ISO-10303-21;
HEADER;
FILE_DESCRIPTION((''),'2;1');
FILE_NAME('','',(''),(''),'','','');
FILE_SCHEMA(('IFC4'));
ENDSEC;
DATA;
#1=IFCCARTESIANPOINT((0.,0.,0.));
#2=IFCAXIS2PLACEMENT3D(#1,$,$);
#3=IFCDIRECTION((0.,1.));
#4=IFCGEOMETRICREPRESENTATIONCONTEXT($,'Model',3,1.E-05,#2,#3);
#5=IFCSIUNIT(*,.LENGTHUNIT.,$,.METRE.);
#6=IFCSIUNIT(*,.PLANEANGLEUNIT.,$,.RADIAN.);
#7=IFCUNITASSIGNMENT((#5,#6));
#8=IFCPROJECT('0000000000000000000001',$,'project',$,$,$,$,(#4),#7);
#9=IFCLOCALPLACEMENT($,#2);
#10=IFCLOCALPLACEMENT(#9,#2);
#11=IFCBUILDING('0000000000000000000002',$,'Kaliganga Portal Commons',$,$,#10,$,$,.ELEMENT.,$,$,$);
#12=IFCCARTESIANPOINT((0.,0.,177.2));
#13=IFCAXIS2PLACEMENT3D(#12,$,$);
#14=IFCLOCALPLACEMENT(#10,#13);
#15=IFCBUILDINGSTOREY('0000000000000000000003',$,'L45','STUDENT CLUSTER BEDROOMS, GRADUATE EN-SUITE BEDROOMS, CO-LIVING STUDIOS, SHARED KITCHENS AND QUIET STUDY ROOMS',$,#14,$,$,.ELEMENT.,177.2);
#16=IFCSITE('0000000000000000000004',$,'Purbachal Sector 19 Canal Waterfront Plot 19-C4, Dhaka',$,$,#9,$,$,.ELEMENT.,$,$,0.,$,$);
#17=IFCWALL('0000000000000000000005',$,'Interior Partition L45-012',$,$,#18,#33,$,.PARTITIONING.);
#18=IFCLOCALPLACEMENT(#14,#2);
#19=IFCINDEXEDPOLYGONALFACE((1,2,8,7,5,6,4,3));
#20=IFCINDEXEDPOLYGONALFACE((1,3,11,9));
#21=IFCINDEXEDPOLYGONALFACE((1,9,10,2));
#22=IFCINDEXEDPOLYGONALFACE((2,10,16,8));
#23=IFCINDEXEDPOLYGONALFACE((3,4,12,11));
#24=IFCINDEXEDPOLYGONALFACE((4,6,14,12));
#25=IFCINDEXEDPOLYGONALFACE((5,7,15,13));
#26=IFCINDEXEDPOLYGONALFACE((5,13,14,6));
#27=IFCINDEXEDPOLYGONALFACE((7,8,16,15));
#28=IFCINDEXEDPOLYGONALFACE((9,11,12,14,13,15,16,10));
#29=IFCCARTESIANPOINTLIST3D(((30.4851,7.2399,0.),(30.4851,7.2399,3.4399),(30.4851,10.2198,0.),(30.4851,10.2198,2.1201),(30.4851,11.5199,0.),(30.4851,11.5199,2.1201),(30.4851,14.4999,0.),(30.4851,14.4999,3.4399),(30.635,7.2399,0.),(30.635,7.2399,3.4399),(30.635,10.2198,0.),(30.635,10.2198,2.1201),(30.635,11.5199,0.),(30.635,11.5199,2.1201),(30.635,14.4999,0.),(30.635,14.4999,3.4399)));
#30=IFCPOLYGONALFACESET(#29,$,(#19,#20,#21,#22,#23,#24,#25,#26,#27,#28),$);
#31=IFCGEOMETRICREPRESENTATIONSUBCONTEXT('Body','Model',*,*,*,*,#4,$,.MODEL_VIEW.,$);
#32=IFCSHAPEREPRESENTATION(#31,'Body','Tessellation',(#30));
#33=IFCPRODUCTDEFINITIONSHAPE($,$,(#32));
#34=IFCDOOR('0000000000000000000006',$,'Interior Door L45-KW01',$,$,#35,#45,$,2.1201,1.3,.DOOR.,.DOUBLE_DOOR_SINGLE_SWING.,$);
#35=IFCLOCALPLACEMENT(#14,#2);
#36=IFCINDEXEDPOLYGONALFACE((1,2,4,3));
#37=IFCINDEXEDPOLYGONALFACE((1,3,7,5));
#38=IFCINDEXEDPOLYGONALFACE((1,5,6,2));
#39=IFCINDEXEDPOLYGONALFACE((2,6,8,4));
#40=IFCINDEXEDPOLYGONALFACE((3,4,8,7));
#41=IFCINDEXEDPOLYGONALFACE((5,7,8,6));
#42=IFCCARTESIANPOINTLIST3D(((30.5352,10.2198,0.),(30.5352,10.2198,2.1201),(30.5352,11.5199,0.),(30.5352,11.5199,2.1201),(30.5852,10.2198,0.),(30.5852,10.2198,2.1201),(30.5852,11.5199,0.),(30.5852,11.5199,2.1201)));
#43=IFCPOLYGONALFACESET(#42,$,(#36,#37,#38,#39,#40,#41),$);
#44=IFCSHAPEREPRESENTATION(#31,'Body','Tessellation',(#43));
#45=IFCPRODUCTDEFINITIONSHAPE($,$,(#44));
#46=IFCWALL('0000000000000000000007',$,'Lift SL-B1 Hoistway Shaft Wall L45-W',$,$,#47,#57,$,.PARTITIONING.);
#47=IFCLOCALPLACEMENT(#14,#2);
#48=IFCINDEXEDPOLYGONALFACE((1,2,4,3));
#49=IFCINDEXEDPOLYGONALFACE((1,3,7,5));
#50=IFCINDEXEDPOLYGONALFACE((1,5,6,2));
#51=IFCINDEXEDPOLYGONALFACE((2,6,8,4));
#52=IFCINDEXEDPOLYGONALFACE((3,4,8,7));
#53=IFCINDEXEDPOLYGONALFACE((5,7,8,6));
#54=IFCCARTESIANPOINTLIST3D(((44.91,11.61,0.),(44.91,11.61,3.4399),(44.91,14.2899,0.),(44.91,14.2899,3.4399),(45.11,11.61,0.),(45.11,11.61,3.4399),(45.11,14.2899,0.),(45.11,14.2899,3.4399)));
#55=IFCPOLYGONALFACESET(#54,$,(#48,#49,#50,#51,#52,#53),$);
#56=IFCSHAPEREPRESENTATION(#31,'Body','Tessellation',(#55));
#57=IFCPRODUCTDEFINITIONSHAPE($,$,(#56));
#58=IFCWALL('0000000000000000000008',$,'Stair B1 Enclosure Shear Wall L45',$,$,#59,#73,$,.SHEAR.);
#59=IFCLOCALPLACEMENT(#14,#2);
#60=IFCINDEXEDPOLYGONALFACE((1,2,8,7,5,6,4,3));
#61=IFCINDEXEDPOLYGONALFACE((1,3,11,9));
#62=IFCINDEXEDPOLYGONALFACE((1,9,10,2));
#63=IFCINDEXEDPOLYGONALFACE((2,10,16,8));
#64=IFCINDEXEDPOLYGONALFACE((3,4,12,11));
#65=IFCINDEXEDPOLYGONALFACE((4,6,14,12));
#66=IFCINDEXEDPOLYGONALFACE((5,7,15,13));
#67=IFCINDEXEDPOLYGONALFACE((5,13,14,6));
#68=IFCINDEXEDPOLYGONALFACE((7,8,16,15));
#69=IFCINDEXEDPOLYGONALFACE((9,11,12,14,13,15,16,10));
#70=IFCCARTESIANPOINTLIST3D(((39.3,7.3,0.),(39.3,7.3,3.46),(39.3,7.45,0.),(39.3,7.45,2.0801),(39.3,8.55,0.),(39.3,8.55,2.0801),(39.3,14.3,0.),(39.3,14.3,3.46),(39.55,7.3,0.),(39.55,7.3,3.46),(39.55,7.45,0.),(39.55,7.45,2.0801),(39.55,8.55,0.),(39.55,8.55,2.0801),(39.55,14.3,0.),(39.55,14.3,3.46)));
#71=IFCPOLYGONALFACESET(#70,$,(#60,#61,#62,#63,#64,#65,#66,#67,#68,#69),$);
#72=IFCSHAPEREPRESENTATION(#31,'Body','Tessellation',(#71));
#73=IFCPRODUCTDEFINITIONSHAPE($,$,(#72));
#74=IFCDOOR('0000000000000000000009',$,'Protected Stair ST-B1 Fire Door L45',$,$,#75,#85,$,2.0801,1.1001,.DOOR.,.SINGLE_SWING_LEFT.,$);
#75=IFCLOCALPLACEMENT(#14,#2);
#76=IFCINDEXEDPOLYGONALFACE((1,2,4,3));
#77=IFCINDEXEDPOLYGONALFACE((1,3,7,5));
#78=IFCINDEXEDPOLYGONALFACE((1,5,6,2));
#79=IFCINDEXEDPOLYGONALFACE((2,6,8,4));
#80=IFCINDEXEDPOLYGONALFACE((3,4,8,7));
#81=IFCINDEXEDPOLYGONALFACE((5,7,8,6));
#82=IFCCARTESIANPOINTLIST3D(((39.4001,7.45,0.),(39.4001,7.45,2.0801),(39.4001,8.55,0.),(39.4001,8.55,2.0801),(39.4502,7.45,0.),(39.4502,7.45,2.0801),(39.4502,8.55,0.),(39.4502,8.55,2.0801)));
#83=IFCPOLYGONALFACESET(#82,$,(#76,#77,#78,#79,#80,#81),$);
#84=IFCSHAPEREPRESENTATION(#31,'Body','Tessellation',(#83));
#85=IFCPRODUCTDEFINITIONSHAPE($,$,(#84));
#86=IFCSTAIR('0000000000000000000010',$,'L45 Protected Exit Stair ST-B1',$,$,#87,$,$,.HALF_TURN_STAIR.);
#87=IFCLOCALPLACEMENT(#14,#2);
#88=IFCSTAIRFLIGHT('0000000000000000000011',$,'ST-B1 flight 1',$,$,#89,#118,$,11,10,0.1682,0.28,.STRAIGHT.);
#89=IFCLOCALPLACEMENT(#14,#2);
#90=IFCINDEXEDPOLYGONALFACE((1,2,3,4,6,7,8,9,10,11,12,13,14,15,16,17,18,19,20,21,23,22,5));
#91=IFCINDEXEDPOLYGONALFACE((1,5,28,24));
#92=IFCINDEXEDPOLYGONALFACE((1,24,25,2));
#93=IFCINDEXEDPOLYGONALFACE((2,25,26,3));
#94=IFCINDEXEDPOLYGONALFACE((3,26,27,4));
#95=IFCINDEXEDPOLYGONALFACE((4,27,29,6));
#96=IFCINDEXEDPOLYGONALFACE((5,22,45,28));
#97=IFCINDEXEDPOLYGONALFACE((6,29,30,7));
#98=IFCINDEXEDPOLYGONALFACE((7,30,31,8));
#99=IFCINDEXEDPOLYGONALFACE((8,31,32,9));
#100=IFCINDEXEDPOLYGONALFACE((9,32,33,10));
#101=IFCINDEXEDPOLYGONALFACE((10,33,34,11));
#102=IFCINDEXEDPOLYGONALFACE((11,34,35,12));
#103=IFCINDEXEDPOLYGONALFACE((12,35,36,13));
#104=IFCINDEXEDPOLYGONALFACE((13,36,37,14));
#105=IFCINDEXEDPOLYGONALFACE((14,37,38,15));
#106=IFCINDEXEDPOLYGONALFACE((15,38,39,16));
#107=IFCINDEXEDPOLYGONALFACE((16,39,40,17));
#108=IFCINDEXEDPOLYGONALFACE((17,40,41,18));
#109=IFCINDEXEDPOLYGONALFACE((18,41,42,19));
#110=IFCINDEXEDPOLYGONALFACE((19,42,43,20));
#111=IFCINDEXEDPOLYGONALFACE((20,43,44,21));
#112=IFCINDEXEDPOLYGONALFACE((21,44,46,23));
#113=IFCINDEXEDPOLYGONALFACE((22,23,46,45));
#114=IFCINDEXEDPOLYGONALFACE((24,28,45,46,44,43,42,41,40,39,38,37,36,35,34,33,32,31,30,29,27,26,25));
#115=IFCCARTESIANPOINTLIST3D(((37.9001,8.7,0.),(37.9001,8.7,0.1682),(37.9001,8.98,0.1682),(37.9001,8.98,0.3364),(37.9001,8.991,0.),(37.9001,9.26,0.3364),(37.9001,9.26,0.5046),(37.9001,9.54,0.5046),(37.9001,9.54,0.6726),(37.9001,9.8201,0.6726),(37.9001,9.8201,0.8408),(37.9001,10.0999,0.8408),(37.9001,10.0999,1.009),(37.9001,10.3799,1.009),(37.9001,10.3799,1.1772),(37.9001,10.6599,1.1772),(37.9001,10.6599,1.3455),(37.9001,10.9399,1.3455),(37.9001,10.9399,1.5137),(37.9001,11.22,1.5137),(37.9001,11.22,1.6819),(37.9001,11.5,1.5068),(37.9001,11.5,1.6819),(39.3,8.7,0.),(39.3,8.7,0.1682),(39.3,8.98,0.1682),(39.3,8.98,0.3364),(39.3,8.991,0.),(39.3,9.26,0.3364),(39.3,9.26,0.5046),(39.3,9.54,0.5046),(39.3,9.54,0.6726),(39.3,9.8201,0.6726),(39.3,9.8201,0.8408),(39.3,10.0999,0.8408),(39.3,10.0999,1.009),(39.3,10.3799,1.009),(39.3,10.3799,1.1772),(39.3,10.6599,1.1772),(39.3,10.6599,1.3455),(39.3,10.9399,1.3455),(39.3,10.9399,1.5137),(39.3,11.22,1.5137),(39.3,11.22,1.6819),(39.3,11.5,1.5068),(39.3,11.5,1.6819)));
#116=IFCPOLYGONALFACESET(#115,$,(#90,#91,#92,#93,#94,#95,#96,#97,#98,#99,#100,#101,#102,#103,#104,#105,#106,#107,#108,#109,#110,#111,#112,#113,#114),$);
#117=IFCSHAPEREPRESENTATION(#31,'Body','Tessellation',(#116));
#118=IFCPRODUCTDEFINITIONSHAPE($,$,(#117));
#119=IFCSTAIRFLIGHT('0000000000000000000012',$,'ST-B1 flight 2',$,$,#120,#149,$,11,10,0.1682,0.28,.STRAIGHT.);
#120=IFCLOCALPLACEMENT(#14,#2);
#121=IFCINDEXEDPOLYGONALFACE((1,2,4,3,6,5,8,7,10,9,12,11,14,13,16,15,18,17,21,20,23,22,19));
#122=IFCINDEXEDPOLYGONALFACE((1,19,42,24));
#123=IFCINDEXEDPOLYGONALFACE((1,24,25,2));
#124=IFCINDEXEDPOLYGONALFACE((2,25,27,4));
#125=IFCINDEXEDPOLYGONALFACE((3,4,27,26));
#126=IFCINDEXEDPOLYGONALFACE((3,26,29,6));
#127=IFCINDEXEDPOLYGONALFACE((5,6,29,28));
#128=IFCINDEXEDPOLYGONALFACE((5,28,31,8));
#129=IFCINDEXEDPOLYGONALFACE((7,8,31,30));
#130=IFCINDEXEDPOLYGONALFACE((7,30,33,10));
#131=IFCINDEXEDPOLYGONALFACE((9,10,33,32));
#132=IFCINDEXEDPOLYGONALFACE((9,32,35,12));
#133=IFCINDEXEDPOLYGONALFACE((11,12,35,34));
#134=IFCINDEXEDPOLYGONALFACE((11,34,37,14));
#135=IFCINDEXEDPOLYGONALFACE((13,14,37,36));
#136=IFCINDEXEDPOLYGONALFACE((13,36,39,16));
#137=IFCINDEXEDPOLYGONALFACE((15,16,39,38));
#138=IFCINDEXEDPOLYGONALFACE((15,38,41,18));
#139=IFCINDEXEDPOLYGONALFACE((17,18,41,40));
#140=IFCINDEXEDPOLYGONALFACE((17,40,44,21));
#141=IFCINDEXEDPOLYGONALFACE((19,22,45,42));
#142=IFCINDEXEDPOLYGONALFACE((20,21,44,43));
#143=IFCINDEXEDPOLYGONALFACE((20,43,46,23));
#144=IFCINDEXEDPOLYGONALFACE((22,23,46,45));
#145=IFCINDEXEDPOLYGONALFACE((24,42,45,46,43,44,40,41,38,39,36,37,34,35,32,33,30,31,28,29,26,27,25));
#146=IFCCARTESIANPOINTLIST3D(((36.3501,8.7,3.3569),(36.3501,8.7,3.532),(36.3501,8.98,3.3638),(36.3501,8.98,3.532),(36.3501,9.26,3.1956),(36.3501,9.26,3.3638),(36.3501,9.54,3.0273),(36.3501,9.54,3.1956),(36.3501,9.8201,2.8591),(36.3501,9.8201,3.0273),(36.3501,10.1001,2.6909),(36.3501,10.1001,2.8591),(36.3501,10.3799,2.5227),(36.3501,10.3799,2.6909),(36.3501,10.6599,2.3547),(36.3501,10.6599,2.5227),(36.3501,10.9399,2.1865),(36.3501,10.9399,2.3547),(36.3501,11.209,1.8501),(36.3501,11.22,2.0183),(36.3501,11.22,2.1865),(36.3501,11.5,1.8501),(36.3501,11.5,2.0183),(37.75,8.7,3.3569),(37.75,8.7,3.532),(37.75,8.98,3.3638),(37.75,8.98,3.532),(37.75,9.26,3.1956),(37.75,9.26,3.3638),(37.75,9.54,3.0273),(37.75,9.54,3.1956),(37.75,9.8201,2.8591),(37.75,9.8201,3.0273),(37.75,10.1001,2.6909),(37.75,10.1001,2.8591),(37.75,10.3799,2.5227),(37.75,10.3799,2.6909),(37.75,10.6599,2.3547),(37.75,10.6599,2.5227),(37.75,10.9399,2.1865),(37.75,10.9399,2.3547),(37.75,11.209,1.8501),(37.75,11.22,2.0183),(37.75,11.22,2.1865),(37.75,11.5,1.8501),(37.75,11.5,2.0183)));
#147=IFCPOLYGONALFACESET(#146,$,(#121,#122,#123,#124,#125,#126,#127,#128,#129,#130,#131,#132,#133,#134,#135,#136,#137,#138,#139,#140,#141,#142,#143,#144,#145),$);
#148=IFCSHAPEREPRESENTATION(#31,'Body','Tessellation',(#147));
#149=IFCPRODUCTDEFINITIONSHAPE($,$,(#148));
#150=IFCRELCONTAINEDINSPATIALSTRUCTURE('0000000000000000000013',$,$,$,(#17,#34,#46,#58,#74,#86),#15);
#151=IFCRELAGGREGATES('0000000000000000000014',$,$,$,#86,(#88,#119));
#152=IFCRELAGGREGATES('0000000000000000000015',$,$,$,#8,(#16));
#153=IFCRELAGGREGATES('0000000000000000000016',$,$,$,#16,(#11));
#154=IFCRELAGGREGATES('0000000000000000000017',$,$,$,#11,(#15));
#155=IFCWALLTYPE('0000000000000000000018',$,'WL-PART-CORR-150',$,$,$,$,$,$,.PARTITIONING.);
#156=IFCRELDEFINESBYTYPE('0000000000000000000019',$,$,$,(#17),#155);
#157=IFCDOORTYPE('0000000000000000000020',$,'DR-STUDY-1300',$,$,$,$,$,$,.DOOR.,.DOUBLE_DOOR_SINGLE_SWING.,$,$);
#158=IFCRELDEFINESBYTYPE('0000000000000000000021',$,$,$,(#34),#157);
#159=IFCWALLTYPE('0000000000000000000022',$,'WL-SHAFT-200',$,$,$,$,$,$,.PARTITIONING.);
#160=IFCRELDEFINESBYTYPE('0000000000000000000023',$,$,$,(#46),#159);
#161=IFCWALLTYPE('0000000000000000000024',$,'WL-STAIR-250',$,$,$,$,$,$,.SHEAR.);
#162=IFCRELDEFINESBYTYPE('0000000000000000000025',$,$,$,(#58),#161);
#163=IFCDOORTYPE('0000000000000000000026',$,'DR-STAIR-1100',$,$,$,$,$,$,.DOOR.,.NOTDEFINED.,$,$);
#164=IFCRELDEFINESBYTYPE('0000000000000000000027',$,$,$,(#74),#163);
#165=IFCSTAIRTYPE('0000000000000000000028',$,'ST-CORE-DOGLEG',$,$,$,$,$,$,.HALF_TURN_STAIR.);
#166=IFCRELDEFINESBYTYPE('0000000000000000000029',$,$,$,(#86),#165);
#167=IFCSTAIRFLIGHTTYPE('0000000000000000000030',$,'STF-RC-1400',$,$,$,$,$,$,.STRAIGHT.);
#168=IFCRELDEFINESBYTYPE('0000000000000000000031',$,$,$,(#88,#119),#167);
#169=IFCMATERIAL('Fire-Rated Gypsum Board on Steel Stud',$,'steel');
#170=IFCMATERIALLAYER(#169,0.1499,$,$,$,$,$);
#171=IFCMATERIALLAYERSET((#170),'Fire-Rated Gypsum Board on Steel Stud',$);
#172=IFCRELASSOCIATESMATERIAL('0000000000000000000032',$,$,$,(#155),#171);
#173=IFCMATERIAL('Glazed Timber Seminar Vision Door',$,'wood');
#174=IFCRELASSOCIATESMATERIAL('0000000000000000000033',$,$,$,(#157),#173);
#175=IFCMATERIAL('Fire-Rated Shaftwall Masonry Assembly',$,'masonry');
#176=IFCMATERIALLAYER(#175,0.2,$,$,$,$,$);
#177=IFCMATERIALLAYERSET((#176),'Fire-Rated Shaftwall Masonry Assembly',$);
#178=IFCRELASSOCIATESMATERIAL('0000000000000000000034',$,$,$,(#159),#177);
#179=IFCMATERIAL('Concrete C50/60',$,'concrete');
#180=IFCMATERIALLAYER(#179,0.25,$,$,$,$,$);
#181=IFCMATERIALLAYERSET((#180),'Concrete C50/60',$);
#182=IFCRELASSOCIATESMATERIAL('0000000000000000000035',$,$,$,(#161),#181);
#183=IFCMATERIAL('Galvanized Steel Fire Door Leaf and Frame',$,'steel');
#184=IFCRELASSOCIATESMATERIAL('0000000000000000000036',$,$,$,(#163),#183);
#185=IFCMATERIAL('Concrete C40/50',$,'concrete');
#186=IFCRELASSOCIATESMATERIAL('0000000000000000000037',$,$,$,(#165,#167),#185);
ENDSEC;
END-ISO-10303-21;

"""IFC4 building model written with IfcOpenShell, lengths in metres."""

from ifc_helpers import new_model, si_unit, direction, frame, frame_2d, origin, place, context, subcontext, project, spatial, polyline, rectangle, outline, extrude, material, layer, layer_set, type_object, element, fill, aggregate, save


model = new_model("IFC4")

# Units and contexts
model_context = context("Model", 3, precision=1e-05, world=origin(), true_north=direction((0.0, 1.0)))
body_context = subcontext(model_context, "Body", "Model", "MODEL_VIEW")
ifc_project = project(units=[si_unit("LENGTHUNIT", "METRE"), si_unit("PLANEANGLEUNIT", "RADIAN")], contexts=[model_context])

# Site, building, storey
site_placement = place(None, origin())
site = spatial("IfcSite", under=ifc_project, at=site_placement, Name="Purbachal Sector 19 Canal Waterfront Plot 19-C4, Dhaka", CompositionType="ELEMENT", RefElevation=0.0)
building_placement = place(site_placement, origin())
building = spatial("IfcBuilding", under=site, at=building_placement, Name="Kaliganga Portal Commons", CompositionType="ELEMENT")
storey_placement = place(building_placement, frame((0.0, 0.0, 177.2)))
storey = spatial("IfcBuildingStorey", under=building, at=storey_placement, Name="L45", Description="STUDENT CLUSTER BEDROOMS, GRADUATE EN-SUITE BEDROOMS, CO-LIVING STUDIOS, SHARED KITCHENS AND QUIET STUDY ROOMS", CompositionType="ELEMENT", Elevation=177.2)

# Shared definitions
ifc_material_1 = material(Name="Concrete C50/60", Category="concrete")

# Wall, opening, door
ifc_material_2 = material(Name="Fire-Rated Gypsum Board on Steel Stud", Category="steel")
ifc_layer_1 = layer(ifc_material_2, 0.1499)
ifc_layer_set_1 = layer_set([ifc_layer_1], Name="Fire-Rated Gypsum Board on Steel Stud")
wall_type_1 = type_object("IfcWallType", Name="WL-PART-CORR-150", PredefinedType="PARTITIONING", material=ifc_layer_set_1)
wall_1_placement = place(storey_placement, frame((30.5601, 7.24, 0.0), z_axis=(0.0, 0.0, 1.0), x_axis=(0.0, 1.0, 0.0)))
wall_1 = element("IfcWall", 1, at=wall_1_placement, inside=storey, type_object=wall_type_1, Name="Interior Partition L45-012", PredefinedType="PARTITIONING", context=body_context, shape_type="SweptSolid", body=[
    extrude(rectangle(XDim=7.26, YDim=0.1499, at=frame_2d((3.6299, 0.0))), origin(), (0.0, 0.0, 1.0), 3.4399),
])
opening_1_placement = place(wall_1_placement, frame((2.98, 0.0, 0.0)))
opening_1 = element("IfcOpeningElement", 2, at=opening_1_placement, cuts=wall_1, PredefinedType="OPENING", context=body_context, shape_type="SweptSolid", body=[
    extrude(rectangle(XDim=1.3, YDim=2.1201, at=frame_2d((0.6499, 1.0601))), frame((0.0, 0.085, 0.0), z_axis=(0.0, -1.0, 0.0), x_axis=(1.0, 0.0, 0.0)), (0.0, 0.0, 1.0), 0.1699),
])
ifc_material_3 = material(Name="Glazed Timber Seminar Vision Door", Category="wood")
door_type_1 = type_object("IfcDoorType", Name="DR-STUDY-1300", OperationType="DOUBLE_DOOR_SINGLE_SWING", PredefinedType="DOOR", material=ifc_material_3)
door_1_placement = place(opening_1_placement, origin())
door_1 = element("IfcDoor", 3, at=door_1_placement, inside=storey, type_object=door_type_1, Name="Interior Door L45-KW01", OperationType="DOUBLE_DOOR_SINGLE_SWING", OverallHeight=2.1201, OverallWidth=1.3, PredefinedType="DOOR", context=body_context, shape_type="SweptSolid", body=[
    extrude(rectangle(XDim=1.3, YDim=2.1201, at=frame_2d((0.6499, 1.0601))), frame((0.0, 0.0249, 0.0), z_axis=(0.0, -1.0, 0.0), x_axis=(1.0, 0.0, 0.0)), (0.0, 0.0, 1.0), 0.05),
])
fill(opening_1, door_1)

# Wall
ifc_material_4 = material(Name="Fire-Rated Shaftwall Masonry Assembly", Category="masonry")
ifc_layer_2 = layer(ifc_material_4, 0.2)
ifc_layer_set_2 = layer_set([ifc_layer_2], Name="Fire-Rated Shaftwall Masonry Assembly")
wall_type_2 = type_object("IfcWallType", Name="WL-SHAFT-200", PredefinedType="PARTITIONING", material=ifc_layer_set_2)
wall_2_placement = place(storey_placement, frame((45.01, 11.6101, 0.0), z_axis=(0.0, 0.0, 1.0), x_axis=(0.0, 1.0, 0.0)))
element("IfcWall", 4, at=wall_2_placement, inside=storey, type_object=wall_type_2, Name="Lift SL-B1 Hoistway Shaft Wall L45-W", PredefinedType="PARTITIONING", context=body_context, shape_type="SweptSolid", body=[
    extrude(rectangle(XDim=2.6799, YDim=0.2, at=frame_2d((1.3398, 0.0))), origin(), (0.0, 0.0, 1.0), 3.4399),
])

# Wall, opening, door
ifc_layer_3 = layer(ifc_material_1, 0.25)
ifc_layer_set_3 = layer_set([ifc_layer_3], Name="Concrete C50/60")
wall_type_3 = type_object("IfcWallType", Name="WL-STAIR-250", PredefinedType="SHEAR", material=ifc_layer_set_3)
wall_3_placement = place(storey_placement, frame((39.425, 7.3, 0.0), z_axis=(0.0, 0.0, 1.0), x_axis=(0.0, 1.0, 0.0)))
wall_3 = element("IfcWall", 5, at=wall_3_placement, inside=storey, type_object=wall_type_3, Name="Stair B1 Enclosure Shear Wall L45", PredefinedType="SHEAR", context=body_context, shape_type="SweptSolid", body=[
    extrude(rectangle(XDim=7.0, YDim=0.25, at=frame_2d((3.5, 0.0))), origin(), (0.0, 0.0, 1.0), 3.46),
])
opening_2_placement = place(wall_3_placement, frame((0.1499, 0.0, 0.0)))
opening_2 = element("IfcOpeningElement", 6, at=opening_2_placement, cuts=wall_3, PredefinedType="OPENING", context=body_context, shape_type="SweptSolid", body=[
    extrude(rectangle(XDim=1.1001, YDim=2.0801, at=frame_2d((0.55, 1.04))), frame((0.0, 0.135, 0.0), z_axis=(0.0, -1.0, 0.0), x_axis=(1.0, 0.0, 0.0)), (0.0, 0.0, 1.0), 0.27),
])
ifc_material_5 = material(Name="Galvanized Steel Fire Door Leaf and Frame", Category="steel")
door_type_2 = type_object("IfcDoorType", Name="DR-STAIR-1100", OperationType="NOTDEFINED", PredefinedType="DOOR", material=ifc_material_5)
door_2_placement = place(opening_2_placement, origin())
door_2 = element("IfcDoor", 7, at=door_2_placement, inside=storey, type_object=door_type_2, Name="Protected Stair ST-B1 Fire Door L45", OperationType="SINGLE_SWING_LEFT", OverallHeight=2.0801, OverallWidth=1.1001, PredefinedType="DOOR", context=body_context, shape_type="SweptSolid", body=[
    extrude(rectangle(XDim=1.1001, YDim=2.0801, at=frame_2d((0.55, 1.04))), frame((0.0, 0.0249, 0.0), z_axis=(0.0, -1.0, 0.0), x_axis=(1.0, 0.0, 0.0)), (0.0, 0.0, 1.0), 0.05),
])
fill(opening_2, door_2)

# Stair, stair flights
ifc_material_6 = material(Name="Concrete C40/50", Category="concrete")
stair_type = type_object("IfcStairType", Name="ST-CORE-DOGLEG", PredefinedType="HALF_TURN_STAIR", material=ifc_material_6)
stair_placement = place(storey_placement, origin())
stair = element("IfcStair", 8, at=stair_placement, inside=storey, type_object=stair_type, Name="L45 Protected Exit Stair ST-B1", PredefinedType="HALF_TURN_STAIR")
stair_flight_type = type_object("IfcStairFlightType", Name="STF-RC-1400", PredefinedType="STRAIGHT", material=ifc_material_6)
stair_flight_1_placement = place(storey_placement, frame((38.6001, 8.7, 0.0), z_axis=(0.0, 0.0, 1.0), x_axis=(0.0, 1.0, 0.0)))
stair_flight_1 = element("IfcStairFlight", 9, at=stair_flight_1_placement, type_object=stair_flight_type, Name="ST-B1 flight 1", NumberOfRisers=11, NumberOfTreads=10, PredefinedType="STRAIGHT", RiserHeight=0.1682, TreadLength=0.28, context=body_context, shape_type="SweptSolid", body=[
    extrude(outline(polyline([(0.0, 0.0), (0.0, 0.1682), (0.28, 0.1682), (0.28, 0.3364), (0.5601, 0.3364), (0.5601, 0.5046), (0.8401, 0.5046), (0.8401, 0.6726), (1.1201, 0.6726), (1.1201, 0.8408), (1.3999, 0.8408), (1.3999, 1.009), (1.6799, 1.009), (1.6799, 1.1772), (1.96, 1.1772), (1.96, 1.3455), (2.24, 1.3455), (2.24, 1.5137), (2.52, 1.5137), (2.52, 1.6819), (2.8, 1.6819), (2.8, 1.8501), (2.8, 1.5068), (0.291, 0.0), (0.0, 0.0)])), frame((0.0, 0.7, 0.0), z_axis=(0.0, -1.0, 0.0), x_axis=(1.0, 0.0, 0.0)), (0.0, 0.0, 1.0), 1.3999),
])
stair_flight_2_placement = place(storey_placement, frame((37.05, 11.5, 1.8501), z_axis=(0.0, 0.0, 1.0), x_axis=(0.0, -1.0, 0.0)))
stair_flight_2 = element("IfcStairFlight", 10, at=stair_flight_2_placement, type_object=stair_flight_type, Name="ST-B1 flight 2", NumberOfRisers=11, NumberOfTreads=10, PredefinedType="STRAIGHT", RiserHeight=0.1682, TreadLength=0.28, context=body_context, shape_type="SweptSolid", body=[
    extrude(outline(polyline([(0.0, 0.0), (0.0, 0.1682), (0.28, 0.1682), (0.28, 0.3364), (0.5601, 0.3364), (0.5601, 0.5046), (0.8401, 0.5046), (0.8401, 0.6726), (1.1201, 0.6726), (1.1201, 0.8408), (1.3999, 0.8408), (1.3999, 1.009), (1.6799, 1.009), (1.6799, 1.1772), (1.96, 1.1772), (1.96, 1.3455), (2.24, 1.3455), (2.24, 1.5137), (2.52, 1.5137), (2.52, 1.6819), (2.8, 1.6819), (2.8, 1.8501), (2.8, 1.5068), (0.291, 0.0), (0.0, 0.0)])), frame((0.0, 0.7, 0.0), z_axis=(0.0, -1.0, 0.0), x_axis=(1.0, 0.0, 0.0)), (0.0, 0.0, 1.0), 1.3999),
])
aggregate(stair, [stair_flight_1, stair_flight_2])

save(model, "model.ifc")
